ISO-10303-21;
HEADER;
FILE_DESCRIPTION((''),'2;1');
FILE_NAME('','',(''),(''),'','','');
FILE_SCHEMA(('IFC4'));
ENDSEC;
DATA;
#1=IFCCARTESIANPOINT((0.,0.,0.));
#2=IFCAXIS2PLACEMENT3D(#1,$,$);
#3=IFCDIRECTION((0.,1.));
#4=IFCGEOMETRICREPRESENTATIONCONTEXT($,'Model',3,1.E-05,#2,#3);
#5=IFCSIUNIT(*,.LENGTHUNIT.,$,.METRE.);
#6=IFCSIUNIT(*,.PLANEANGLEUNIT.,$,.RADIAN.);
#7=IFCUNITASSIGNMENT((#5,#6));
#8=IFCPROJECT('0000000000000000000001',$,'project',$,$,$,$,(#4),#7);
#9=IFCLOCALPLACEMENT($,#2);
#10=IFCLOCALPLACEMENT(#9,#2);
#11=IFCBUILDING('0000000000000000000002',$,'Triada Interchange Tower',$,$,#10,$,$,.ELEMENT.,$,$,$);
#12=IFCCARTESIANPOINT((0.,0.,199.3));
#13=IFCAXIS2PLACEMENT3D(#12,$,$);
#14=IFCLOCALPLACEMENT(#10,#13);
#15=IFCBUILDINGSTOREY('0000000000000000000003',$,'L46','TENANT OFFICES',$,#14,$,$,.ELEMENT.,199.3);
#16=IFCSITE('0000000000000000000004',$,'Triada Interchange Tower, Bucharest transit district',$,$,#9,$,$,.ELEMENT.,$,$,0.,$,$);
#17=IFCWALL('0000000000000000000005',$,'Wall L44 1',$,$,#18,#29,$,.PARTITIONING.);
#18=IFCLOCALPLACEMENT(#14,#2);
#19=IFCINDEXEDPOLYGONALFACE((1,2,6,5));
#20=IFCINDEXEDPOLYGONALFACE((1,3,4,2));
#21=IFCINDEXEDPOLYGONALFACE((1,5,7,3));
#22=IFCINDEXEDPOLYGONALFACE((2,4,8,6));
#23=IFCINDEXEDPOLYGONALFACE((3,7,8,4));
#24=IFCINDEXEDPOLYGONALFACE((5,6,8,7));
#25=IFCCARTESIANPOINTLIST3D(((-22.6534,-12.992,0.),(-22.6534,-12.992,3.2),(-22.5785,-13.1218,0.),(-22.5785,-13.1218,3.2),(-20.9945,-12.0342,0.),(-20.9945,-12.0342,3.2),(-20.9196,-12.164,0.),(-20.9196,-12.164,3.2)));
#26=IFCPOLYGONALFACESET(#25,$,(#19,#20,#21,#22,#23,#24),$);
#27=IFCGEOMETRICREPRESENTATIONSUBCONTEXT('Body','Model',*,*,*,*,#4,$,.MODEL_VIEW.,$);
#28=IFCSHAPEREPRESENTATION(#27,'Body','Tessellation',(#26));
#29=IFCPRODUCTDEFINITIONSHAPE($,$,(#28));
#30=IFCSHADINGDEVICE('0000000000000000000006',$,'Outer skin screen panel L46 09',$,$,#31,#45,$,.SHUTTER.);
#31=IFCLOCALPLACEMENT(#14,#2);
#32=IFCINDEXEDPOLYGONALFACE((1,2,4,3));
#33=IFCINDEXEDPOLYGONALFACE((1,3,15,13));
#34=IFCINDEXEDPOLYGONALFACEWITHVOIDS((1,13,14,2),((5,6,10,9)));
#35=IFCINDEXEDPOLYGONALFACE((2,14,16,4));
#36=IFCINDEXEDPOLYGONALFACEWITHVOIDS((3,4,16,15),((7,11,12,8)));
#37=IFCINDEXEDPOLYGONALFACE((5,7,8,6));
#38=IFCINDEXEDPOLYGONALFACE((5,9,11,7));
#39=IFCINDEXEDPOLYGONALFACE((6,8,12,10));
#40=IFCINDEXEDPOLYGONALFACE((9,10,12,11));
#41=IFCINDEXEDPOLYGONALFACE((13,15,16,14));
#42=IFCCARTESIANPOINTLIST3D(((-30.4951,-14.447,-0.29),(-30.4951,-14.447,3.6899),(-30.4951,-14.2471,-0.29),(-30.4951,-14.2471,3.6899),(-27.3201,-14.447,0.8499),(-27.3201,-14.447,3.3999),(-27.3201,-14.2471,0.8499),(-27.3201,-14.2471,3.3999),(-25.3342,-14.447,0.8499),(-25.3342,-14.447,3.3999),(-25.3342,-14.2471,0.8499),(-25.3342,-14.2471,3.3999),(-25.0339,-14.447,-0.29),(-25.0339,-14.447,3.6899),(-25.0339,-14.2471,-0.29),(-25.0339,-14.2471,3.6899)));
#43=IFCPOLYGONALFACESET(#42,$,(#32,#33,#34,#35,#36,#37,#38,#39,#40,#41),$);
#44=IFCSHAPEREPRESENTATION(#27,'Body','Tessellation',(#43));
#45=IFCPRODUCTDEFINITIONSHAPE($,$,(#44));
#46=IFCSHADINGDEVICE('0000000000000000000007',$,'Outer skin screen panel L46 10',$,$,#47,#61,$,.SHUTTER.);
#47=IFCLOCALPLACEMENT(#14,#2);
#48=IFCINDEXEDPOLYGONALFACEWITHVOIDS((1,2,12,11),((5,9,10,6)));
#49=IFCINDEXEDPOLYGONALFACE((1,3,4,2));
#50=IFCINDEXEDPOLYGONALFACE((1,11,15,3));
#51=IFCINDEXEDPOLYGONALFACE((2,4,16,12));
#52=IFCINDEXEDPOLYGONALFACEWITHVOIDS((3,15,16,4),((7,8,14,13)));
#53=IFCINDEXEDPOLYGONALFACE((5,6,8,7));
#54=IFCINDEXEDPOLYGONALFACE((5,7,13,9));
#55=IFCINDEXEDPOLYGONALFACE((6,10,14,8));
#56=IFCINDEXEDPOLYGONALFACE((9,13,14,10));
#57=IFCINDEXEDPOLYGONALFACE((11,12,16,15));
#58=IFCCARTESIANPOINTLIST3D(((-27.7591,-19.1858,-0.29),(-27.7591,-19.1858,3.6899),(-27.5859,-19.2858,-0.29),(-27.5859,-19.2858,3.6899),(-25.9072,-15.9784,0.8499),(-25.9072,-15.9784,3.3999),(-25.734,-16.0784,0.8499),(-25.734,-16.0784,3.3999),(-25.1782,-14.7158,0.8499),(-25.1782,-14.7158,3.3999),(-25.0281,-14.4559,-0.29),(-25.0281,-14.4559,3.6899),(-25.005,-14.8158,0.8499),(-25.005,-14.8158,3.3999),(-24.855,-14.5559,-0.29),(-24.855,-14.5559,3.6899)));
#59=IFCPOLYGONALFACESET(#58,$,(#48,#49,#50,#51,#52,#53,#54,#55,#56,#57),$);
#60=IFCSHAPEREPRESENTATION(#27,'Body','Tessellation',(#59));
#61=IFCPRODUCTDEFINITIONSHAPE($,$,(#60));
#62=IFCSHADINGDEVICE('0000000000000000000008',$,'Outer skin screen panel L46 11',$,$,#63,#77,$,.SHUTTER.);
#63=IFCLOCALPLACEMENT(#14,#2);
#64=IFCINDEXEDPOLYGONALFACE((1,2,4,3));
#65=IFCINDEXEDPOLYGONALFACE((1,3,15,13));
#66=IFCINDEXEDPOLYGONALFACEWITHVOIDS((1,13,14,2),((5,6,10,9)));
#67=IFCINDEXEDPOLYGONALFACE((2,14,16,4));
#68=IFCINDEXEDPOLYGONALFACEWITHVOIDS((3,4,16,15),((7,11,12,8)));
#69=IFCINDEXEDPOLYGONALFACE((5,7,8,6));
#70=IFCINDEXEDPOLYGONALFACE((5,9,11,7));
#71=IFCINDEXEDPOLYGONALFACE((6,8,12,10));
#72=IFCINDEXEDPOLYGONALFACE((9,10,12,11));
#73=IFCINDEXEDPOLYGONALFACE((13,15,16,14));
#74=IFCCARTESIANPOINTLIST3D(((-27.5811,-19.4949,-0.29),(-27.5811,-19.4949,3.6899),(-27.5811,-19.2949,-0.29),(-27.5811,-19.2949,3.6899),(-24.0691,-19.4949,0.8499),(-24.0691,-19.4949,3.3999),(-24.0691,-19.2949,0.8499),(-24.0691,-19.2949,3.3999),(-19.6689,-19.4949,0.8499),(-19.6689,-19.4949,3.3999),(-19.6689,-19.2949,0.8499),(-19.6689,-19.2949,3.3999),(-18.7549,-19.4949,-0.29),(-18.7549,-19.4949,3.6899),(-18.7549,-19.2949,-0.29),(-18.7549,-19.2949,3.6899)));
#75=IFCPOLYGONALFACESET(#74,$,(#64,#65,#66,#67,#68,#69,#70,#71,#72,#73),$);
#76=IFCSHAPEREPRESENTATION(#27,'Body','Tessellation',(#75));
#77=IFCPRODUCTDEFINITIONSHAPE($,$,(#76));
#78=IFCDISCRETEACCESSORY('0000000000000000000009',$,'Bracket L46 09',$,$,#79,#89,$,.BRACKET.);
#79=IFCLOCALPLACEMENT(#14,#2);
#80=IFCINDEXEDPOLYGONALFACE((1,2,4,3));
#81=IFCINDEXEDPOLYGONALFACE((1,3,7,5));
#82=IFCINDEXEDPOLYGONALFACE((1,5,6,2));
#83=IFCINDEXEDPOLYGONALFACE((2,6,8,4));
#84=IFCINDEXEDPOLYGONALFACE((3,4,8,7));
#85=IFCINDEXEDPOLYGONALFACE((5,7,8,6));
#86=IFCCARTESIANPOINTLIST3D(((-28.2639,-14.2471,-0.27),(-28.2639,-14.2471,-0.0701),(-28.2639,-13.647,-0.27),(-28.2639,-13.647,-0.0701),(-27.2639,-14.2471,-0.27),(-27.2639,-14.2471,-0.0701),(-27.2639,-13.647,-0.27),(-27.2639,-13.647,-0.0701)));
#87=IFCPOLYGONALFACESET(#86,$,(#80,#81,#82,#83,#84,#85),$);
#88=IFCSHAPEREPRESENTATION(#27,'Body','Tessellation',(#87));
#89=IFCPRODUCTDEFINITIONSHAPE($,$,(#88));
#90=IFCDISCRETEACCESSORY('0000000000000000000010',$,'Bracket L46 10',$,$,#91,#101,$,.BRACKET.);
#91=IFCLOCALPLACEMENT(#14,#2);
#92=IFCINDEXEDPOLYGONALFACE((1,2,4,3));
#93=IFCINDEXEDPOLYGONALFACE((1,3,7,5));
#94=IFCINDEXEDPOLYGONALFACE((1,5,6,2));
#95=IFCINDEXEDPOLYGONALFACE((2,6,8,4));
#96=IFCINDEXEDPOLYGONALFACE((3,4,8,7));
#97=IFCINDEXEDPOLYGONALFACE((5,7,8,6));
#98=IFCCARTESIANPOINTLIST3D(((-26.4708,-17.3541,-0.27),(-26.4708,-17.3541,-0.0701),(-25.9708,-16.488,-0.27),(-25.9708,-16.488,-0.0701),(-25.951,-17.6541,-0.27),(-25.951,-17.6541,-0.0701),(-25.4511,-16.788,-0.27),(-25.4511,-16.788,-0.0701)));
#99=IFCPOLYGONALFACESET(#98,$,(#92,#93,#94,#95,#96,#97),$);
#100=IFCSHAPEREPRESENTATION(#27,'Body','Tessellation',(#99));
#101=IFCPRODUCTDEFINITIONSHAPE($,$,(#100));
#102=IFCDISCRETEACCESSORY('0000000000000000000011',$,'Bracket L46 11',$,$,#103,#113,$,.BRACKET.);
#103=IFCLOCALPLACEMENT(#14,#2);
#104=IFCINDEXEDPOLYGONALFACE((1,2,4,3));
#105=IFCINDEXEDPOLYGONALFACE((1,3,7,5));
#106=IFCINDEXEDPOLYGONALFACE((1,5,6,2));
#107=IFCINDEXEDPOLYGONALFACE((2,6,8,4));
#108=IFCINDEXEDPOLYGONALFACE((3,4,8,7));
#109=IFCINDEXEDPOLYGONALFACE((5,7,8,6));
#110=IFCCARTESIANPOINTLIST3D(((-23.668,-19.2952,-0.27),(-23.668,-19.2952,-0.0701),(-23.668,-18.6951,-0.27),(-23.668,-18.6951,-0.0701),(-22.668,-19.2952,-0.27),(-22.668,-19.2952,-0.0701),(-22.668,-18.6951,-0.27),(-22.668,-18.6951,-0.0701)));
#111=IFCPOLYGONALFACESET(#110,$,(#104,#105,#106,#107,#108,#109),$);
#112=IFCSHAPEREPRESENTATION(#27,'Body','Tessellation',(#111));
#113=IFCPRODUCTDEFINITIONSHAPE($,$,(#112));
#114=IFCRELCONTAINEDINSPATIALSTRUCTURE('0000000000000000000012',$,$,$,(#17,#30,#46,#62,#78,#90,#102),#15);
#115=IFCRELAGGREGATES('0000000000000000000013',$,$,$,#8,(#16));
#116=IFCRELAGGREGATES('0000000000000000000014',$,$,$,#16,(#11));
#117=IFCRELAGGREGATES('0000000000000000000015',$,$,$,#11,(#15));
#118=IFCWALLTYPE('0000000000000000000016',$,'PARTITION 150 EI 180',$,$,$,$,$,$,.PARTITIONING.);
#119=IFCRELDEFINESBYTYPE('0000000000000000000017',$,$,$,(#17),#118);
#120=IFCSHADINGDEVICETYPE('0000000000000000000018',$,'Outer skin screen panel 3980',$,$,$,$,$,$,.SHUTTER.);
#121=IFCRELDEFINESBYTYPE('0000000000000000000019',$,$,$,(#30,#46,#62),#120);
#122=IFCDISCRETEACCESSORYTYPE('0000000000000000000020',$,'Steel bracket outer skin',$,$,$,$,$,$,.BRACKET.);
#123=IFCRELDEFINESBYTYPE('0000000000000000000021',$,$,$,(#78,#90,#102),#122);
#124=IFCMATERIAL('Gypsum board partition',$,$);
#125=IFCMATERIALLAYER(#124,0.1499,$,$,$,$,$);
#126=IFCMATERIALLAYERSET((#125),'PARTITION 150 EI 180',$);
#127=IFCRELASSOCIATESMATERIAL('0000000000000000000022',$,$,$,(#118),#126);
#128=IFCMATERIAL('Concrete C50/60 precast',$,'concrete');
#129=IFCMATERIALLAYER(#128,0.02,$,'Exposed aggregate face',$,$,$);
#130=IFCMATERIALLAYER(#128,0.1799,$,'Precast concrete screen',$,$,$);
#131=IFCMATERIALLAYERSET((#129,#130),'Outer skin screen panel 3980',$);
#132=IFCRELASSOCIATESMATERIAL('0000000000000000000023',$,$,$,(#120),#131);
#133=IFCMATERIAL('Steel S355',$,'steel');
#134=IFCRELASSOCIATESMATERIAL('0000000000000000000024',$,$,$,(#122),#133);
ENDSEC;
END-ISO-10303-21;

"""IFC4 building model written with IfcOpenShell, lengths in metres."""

from ifc_helpers import new_model, si_unit, direction, frame, frame_2d, origin, origin_2d, place, context, subcontext, project, spatial, polyline, rectangle, outline, extrude, material, layer, layer_set, type_object, element, save


model = new_model("IFC4")

# Units and contexts
model_context = context("Model", 3, precision=1e-05, world=origin(), true_north=direction((0.0, 1.0)))
body_context = subcontext(model_context, "Body", "Model", "MODEL_VIEW")
ifc_project = project(units=[si_unit("LENGTHUNIT", "METRE"), si_unit("PLANEANGLEUNIT", "RADIAN")], contexts=[model_context])

# Site, building, storey
site_placement = place(None, origin())
site = spatial("IfcSite", under=ifc_project, at=site_placement, Name="Triada Interchange Tower, Bucharest transit district", CompositionType="ELEMENT", RefElevation=0.0)
building_placement = place(site_placement, origin())
building = spatial("IfcBuilding", under=site, at=building_placement, Name="Triada Interchange Tower", CompositionType="ELEMENT")
storey_placement = place(building_placement, frame((0.0, 0.0, 199.3)))
storey = spatial("IfcBuildingStorey", under=building, at=storey_placement, Name="L46", Description="TENANT OFFICES", CompositionType="ELEMENT", Elevation=199.3)

# Wall
ifc_material_1 = material(Name="Gypsum board partition")
ifc_layer_1 = layer(ifc_material_1, 0.1499)
ifc_layer_set_1 = layer_set([ifc_layer_1], Name="PARTITION 150 EI 180")
wall_type_1 = type_object("IfcWallType", Name="PARTITION 150 EI 180", PredefinedType="PARTITIONING", material=ifc_layer_set_1)
wall_1_placement = place(storey_placement, frame((-22.616, -13.0569, 0.0), z_axis=(0.0, 0.0, 1.0), x_axis=(0.866031, 0.499991, 0.0)))
element("IfcWall", 1, at=wall_1_placement, inside=storey, type_object=wall_type_1, Name="Wall L44 1", PredefinedType="PARTITIONING", context=body_context, shape_type="SweptSolid", body=[
    extrude(rectangle(XDim=1.9155, YDim=0.1499, at=frame_2d((0.9578, 0.0))), origin(), (0.0, 0.0, 1.0), 3.2),
])

# Shading devices
ifc_material_2 = material(Name="Concrete C50/60 precast", Category="concrete")
ifc_layer_2 = layer(ifc_material_2, 0.02, Name="Exposed aggregate face")
ifc_layer_3 = layer(ifc_material_2, 0.1799, Name="Precast concrete screen")
ifc_layer_set_2 = layer_set([ifc_layer_2, ifc_layer_3], Name="Outer skin screen panel 3980")
shading_device_type = type_object("IfcShadingDeviceType", Name="Outer skin screen panel 3980", PredefinedType="SHUTTER", material=ifc_layer_set_2)
shading_device_1_placement = place(storey_placement, frame((-30.4951, -14.2471, -0.29), z_axis=(0.0, 0.0, 1.0), x_axis=(1.0, 0.0, 0.0)))
element("IfcShadingDevice", 2, at=shading_device_1_placement, inside=storey, type_object=shading_device_type, Name="Outer skin screen panel L46 09", PredefinedType="SHUTTER", context=body_context, shape_type="SweptSolid", body=[
    extrude(outline(polyline([(0.0, 0.0), (5.4612, 0.0), (5.4612, 3.98), (0.0, 3.98), (0.0, 0.0)]), holes=[polyline([(3.175, 1.1399), (3.175, 3.6899), (5.1609, 3.6899), (5.1609, 1.1399), (3.175, 1.1399)])]), frame((0.0, 0.0, 0.0), z_axis=(0.0, -1.0, 0.0), x_axis=(1.0, 0.0, 0.0)), (0.0, 0.0, 1.0), 0.2),
])
shading_device_2_placement = place(storey_placement, frame((-24.855, -14.5559, -0.29), z_axis=(0.0, 0.0, 1.0), x_axis=(-0.500014, -0.866017, 0.0)))
element("IfcShadingDevice", 3, at=shading_device_2_placement, inside=storey, type_object=shading_device_type, Name="Outer skin screen panel L46 10", PredefinedType="SHUTTER", context=body_context, shape_type="SweptSolid", body=[
    extrude(outline(polyline([(0.0, 0.0), (5.4617, 0.0), (5.4617, 3.98), (0.0, 3.98), (0.0, 0.0)]), holes=[polyline([(0.3, 1.1399), (0.3, 3.6899), (1.7581, 3.6899), (1.7581, 1.1399), (0.3, 1.1399)])]), frame((0.0, 0.0, 0.0), z_axis=(0.0, -1.0, 0.0), x_axis=(1.0, 0.0, 0.0)), (0.0, 0.0, 1.0), 0.2),
])
shading_device_3_placement = place(storey_placement, frame((-27.5811, -19.2949, -0.29), z_axis=(0.0, 0.0, 1.0), x_axis=(1.0, 0.0, 0.0)))
element("IfcShadingDevice", 4, at=shading_device_3_placement, inside=storey, type_object=shading_device_type, Name="Outer skin screen panel L46 11", PredefinedType="SHUTTER", context=body_context, shape_type="SweptSolid", body=[
    extrude(outline(polyline([(0.0, 0.0), (8.8262, 0.0), (8.8262, 3.98), (0.0, 3.98), (0.0, 0.0)]), holes=[polyline([(3.512, 1.1399), (3.512, 3.6899), (7.9121, 3.6899), (7.9121, 1.1399), (3.512, 1.1399)])]), frame((0.0, 0.0, 0.0), z_axis=(0.0, -1.0, 0.0), x_axis=(1.0, 0.0, 0.0)), (0.0, 0.0, 1.0), 0.2),
])

# Discrete accessories
ifc_material_3 = material(Name="Steel S355", Category="steel")
discrete_accessory_type = type_object("IfcDiscreteAccessoryType", Name="Steel bracket outer skin", PredefinedType="BRACKET", material=ifc_material_3)
for number, where, z_axis, x_axis, name in (
    (5, (-27.7639, -13.947, -0.27), (0.0, 0.0, 1.0), (0.0, -1.0, 0.0), "Bracket L46 09"),
    (6, (-25.9609, -17.071, -0.27), (0.0, 0.0, 1.0), (-0.86606, 0.49994, 0.0), "Bracket L46 10"),
    (7, (-23.168, -18.9951, -0.27), (0.0, 0.0, 1.0), (0.0, -1.0, 0.0), "Bracket L46 11"),
):
    element("IfcDiscreteAccessory", number, at=place(storey_placement, frame(where, z_axis=z_axis, x_axis=x_axis)), inside=storey, type_object=discrete_accessory_type, Name=name, PredefinedType="BRACKET", context=body_context, shape_type="SweptSolid", body=[
        extrude(rectangle(XDim=0.6001, YDim=1.0, at=origin_2d()), origin(), (0.0, 0.0, 1.0), 0.2),
    ])

save(model, "model.ifc")
